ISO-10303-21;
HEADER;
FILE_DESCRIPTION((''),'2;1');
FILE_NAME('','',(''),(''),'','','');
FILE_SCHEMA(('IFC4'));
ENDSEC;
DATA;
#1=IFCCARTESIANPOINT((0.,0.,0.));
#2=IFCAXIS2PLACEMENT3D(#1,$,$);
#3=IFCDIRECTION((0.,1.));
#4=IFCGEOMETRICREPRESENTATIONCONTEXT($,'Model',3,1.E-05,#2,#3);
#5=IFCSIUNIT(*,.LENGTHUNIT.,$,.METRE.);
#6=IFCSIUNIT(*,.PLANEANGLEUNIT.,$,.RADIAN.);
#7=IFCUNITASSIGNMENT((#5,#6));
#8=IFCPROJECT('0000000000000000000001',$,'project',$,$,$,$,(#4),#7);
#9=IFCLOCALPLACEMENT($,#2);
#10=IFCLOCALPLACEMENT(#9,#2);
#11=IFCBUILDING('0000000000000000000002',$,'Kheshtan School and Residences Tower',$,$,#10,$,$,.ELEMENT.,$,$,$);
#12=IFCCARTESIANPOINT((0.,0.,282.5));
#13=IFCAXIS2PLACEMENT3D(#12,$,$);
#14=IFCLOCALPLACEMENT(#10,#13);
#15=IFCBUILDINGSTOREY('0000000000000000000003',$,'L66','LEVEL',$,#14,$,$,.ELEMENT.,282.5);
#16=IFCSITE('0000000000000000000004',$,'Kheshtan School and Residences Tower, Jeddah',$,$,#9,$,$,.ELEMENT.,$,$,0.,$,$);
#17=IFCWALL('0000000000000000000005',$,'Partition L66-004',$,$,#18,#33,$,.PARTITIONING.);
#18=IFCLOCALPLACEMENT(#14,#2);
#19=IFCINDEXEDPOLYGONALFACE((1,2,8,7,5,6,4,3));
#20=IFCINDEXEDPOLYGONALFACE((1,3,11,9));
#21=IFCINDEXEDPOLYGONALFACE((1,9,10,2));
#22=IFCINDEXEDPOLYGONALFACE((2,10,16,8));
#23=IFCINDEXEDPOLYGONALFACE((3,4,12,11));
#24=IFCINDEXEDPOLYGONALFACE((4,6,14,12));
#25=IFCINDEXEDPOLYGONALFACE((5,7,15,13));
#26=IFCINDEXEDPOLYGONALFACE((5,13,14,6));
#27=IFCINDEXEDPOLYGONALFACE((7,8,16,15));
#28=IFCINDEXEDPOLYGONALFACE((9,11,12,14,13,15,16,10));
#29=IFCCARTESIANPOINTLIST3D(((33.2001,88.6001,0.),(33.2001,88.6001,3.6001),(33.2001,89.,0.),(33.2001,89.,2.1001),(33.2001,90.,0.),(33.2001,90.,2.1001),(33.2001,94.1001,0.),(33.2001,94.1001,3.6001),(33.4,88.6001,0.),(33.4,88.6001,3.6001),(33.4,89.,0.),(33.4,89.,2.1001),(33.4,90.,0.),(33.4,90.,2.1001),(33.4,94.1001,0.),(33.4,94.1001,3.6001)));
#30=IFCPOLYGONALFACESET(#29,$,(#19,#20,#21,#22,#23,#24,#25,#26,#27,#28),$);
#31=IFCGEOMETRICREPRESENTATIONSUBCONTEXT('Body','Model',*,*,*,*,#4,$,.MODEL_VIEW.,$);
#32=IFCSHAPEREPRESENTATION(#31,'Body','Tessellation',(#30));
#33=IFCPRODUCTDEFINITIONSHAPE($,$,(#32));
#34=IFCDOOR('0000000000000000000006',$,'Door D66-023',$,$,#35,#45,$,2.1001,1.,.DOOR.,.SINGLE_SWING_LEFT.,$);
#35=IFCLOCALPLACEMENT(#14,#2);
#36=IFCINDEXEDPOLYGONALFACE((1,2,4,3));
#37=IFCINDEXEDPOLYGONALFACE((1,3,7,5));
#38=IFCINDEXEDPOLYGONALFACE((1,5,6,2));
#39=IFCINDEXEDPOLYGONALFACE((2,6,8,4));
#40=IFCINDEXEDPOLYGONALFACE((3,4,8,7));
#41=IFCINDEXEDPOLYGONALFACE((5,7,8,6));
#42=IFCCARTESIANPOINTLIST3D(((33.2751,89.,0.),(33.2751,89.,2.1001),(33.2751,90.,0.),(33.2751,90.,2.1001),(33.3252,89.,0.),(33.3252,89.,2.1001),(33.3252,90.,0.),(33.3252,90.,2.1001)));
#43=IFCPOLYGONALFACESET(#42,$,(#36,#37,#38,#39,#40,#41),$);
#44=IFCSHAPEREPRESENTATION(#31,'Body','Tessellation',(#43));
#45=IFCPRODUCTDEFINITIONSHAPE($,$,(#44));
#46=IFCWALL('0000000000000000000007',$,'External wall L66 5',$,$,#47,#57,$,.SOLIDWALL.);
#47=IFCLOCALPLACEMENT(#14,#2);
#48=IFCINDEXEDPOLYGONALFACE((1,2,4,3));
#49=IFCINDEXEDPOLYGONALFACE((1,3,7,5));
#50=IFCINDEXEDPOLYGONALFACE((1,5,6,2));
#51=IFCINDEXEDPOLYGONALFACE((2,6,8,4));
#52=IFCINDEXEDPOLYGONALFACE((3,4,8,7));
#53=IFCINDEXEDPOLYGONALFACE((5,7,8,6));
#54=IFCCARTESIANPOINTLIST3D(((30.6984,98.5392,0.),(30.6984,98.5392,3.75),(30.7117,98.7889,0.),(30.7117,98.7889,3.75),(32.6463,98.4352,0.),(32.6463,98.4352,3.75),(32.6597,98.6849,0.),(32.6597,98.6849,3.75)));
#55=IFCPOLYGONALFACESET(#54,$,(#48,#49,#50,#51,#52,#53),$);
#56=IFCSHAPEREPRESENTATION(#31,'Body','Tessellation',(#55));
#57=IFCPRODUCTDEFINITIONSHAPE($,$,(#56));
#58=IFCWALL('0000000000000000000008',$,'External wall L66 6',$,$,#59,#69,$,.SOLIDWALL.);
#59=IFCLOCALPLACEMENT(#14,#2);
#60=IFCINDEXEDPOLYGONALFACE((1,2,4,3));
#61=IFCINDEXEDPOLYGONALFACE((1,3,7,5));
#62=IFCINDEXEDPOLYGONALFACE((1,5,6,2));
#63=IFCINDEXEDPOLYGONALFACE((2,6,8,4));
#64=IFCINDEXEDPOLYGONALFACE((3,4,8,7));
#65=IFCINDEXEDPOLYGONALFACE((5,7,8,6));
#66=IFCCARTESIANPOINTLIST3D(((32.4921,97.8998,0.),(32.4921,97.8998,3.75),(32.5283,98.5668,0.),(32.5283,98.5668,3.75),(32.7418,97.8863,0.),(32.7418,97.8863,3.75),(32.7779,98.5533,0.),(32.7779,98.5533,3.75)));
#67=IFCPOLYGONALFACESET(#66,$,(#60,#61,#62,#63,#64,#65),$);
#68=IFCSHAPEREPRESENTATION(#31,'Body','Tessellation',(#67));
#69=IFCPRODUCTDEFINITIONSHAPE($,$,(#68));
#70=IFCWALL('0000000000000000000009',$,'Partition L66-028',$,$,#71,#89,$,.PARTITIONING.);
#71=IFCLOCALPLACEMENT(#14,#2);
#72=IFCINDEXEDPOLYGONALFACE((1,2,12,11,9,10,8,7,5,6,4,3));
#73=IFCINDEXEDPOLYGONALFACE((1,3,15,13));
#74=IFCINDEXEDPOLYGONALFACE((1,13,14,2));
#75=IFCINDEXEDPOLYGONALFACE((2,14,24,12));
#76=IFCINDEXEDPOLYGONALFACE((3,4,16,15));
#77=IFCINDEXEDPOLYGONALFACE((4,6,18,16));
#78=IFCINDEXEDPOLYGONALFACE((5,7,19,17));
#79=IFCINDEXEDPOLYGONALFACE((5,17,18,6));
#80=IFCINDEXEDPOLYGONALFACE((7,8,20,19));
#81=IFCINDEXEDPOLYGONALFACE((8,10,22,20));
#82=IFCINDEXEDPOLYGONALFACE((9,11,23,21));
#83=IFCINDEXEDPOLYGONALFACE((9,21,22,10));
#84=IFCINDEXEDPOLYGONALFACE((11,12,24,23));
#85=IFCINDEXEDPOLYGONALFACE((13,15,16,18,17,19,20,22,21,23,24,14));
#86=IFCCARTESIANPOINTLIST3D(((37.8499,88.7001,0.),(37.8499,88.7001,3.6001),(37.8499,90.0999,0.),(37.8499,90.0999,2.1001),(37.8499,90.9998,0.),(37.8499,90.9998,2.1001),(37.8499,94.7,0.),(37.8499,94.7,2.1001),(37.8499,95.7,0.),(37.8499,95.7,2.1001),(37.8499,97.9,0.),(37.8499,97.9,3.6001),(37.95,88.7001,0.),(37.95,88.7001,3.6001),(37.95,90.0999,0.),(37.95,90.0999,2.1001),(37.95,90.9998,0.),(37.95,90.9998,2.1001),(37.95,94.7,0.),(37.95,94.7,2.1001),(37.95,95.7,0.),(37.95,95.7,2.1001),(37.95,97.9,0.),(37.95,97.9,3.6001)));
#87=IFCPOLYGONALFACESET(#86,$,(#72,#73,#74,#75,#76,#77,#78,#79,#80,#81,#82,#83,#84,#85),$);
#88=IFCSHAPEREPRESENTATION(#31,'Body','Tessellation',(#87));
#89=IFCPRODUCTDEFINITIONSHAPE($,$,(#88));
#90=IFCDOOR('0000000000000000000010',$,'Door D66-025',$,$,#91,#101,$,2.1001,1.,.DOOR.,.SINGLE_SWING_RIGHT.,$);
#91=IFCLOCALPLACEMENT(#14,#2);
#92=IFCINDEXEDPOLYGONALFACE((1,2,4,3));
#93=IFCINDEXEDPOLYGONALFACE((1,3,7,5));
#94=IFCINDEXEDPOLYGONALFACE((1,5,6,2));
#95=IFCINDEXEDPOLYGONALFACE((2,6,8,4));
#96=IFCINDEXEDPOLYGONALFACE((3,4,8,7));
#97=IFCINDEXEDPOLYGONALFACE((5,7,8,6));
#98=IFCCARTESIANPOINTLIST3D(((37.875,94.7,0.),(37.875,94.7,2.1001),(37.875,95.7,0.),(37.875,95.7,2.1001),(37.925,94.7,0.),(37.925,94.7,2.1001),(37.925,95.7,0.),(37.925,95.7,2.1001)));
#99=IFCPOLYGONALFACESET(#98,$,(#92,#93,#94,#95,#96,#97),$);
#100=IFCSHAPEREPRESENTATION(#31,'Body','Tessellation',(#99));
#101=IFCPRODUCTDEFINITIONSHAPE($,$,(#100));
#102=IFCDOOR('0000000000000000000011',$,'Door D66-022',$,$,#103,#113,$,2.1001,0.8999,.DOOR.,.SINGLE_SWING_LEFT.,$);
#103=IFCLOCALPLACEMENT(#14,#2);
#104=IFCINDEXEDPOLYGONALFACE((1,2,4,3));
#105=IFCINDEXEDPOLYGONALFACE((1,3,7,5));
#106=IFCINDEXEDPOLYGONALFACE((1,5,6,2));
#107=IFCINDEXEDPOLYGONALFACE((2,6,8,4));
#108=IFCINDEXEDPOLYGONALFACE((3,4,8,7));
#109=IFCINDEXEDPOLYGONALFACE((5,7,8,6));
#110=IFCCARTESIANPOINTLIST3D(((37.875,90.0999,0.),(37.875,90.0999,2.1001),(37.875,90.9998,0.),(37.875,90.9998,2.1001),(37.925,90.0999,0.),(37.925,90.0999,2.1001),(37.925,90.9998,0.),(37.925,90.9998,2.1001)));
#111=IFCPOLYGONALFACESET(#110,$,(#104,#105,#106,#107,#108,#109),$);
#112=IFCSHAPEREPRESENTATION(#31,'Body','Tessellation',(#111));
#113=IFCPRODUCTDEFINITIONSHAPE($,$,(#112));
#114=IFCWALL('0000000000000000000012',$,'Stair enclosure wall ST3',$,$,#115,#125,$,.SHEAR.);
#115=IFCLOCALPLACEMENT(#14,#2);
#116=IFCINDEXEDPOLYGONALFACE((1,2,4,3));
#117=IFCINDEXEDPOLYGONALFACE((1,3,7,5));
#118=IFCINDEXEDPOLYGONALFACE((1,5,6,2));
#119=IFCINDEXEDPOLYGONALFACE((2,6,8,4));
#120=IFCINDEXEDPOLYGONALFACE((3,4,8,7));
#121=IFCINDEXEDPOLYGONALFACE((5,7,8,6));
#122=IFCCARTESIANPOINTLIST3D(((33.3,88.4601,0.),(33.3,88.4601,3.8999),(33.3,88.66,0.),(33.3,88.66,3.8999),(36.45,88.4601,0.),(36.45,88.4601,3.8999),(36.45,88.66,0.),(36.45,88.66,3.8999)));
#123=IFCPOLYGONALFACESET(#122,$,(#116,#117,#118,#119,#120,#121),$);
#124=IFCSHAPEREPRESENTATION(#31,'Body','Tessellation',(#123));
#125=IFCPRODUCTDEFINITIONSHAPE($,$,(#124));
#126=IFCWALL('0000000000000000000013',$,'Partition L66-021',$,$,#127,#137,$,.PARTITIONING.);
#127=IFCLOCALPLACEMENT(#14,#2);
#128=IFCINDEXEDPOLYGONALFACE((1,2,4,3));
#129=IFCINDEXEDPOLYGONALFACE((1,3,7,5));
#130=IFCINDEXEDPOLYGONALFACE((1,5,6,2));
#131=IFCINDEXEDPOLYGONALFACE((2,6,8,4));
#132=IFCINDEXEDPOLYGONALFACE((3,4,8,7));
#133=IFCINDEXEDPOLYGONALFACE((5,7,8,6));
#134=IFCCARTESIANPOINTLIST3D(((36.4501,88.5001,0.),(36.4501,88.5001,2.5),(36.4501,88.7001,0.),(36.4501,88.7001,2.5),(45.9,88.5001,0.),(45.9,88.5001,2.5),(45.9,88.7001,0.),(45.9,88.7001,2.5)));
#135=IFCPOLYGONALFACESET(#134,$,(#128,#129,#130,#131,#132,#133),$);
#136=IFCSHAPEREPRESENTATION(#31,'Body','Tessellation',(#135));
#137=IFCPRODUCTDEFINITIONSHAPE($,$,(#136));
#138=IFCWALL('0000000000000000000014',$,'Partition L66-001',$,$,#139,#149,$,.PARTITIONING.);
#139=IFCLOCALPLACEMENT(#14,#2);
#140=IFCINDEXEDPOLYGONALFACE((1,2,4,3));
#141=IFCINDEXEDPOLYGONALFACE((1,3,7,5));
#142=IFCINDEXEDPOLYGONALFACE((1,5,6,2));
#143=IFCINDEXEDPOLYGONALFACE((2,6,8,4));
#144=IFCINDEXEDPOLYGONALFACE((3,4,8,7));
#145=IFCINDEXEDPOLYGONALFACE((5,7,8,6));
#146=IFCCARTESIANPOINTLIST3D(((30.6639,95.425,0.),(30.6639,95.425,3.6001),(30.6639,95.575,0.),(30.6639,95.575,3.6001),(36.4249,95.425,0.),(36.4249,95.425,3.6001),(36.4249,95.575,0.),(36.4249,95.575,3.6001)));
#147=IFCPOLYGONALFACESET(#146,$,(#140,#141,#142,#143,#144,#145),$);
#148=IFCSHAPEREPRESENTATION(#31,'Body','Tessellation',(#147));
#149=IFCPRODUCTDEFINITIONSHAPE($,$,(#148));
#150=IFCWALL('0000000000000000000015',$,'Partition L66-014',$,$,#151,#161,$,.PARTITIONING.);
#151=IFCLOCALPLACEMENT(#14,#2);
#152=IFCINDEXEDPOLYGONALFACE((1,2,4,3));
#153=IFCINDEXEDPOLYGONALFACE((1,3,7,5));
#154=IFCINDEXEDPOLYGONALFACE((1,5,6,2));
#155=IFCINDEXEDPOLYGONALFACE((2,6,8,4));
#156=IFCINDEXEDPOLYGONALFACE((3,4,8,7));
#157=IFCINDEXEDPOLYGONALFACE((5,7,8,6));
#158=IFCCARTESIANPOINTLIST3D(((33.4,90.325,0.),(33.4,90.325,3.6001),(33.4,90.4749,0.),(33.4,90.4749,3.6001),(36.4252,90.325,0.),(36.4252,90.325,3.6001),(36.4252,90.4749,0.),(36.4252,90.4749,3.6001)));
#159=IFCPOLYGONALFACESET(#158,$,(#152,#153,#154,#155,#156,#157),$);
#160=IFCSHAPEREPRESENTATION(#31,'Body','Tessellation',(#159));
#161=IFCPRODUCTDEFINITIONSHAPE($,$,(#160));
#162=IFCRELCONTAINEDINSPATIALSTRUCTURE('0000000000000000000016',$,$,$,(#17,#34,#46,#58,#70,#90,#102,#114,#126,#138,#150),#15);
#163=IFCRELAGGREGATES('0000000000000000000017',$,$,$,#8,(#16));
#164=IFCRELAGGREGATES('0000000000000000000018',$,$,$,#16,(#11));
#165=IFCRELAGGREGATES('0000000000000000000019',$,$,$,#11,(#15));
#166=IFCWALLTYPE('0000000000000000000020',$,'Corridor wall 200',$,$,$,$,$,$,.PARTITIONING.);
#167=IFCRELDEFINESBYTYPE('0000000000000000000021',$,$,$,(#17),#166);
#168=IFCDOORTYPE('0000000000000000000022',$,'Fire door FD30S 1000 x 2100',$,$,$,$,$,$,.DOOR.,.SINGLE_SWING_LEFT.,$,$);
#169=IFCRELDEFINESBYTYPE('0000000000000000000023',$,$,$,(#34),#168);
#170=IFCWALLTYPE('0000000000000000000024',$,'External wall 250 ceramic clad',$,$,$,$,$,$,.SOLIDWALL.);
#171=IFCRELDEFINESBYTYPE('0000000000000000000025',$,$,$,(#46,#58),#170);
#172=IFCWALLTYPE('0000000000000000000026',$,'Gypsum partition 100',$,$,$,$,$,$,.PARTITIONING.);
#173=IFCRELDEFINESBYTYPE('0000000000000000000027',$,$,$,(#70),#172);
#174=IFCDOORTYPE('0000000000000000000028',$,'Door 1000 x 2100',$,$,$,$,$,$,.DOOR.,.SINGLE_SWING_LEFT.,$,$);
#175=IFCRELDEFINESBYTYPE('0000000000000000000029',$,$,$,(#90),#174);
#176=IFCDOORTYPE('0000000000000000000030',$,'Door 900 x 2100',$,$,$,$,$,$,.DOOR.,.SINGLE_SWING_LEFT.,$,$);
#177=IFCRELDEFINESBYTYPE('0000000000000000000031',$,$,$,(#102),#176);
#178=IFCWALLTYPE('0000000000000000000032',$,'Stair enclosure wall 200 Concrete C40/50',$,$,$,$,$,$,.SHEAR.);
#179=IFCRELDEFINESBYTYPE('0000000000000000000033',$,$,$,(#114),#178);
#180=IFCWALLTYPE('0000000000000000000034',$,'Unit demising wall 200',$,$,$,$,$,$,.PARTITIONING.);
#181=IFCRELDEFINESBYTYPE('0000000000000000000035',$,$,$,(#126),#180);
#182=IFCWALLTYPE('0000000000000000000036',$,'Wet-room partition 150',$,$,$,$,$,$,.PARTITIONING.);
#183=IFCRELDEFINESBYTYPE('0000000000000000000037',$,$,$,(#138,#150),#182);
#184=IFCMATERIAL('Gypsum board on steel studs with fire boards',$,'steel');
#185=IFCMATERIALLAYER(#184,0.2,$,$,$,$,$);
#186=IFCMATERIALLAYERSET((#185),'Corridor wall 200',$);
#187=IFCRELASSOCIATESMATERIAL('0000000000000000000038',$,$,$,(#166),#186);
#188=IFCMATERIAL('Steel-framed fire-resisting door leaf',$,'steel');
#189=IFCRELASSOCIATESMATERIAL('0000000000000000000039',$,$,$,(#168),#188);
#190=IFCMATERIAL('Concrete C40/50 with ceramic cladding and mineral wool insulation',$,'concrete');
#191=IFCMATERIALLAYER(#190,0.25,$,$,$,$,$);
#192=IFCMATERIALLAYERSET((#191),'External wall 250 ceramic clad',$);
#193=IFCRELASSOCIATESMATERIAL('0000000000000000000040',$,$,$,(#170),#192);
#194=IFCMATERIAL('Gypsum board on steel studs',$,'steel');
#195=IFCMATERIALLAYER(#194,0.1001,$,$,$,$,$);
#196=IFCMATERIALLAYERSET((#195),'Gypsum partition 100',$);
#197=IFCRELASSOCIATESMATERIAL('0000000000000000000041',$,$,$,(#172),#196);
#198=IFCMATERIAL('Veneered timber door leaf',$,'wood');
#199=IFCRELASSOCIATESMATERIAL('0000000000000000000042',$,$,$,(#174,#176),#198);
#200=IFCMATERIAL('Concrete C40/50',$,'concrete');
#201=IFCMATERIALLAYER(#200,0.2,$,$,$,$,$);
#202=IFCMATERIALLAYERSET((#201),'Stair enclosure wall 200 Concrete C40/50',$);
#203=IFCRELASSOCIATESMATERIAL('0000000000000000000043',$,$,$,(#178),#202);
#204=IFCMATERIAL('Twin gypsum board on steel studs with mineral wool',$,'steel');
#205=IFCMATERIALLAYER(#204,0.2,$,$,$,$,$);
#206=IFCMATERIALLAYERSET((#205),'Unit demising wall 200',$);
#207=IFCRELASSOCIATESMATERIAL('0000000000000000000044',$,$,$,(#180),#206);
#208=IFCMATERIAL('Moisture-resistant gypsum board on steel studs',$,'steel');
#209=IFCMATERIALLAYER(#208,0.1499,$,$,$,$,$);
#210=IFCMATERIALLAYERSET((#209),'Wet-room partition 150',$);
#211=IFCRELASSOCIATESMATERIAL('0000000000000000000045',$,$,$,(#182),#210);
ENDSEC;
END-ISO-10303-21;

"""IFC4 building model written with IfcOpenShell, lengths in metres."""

from ifc_helpers import new_model, si_unit, direction, frame, frame_2d, origin, place, context, subcontext, project, spatial, rectangle, extrude, source, transform, mapped, material, layer, layer_set, type_object, element, fill, save


model = new_model("IFC4")

# Units and contexts
model_context = context("Model", 3, precision=1e-05, world=origin(), true_north=direction((0.0, 1.0)))
body_context = subcontext(model_context, "Body", "Model", "MODEL_VIEW")
ifc_project = project(units=[si_unit("LENGTHUNIT", "METRE"), si_unit("PLANEANGLEUNIT", "RADIAN")], contexts=[model_context])

# Site, building, storey
site_placement = place(None, origin())
site = spatial("IfcSite", under=ifc_project, at=site_placement, Name="Kheshtan School and Residences Tower, Jeddah", CompositionType="ELEMENT", RefElevation=0.0)
building_placement = place(site_placement, origin())
building = spatial("IfcBuilding", under=site, at=building_placement, Name="Kheshtan School and Residences Tower", CompositionType="ELEMENT")
storey_placement = place(building_placement, frame((0.0, 0.0, 282.5)))
storey = spatial("IfcBuildingStorey", under=building, at=storey_placement, Name="L66", Description="LEVEL", CompositionType="ELEMENT", Elevation=282.5)

# Shared definitions
ifc_material_1 = material(Name="Gypsum board on steel studs with fire boards", Category="steel")
ifc_layer_1 = layer(ifc_material_1, 0.2)
ifc_layer_set_1 = layer_set([ifc_layer_1], Name="Corridor wall 200")
wall_type_1 = type_object("IfcWallType", Name="Corridor wall 200", PredefinedType="PARTITIONING", material=ifc_layer_set_1)

# Wall, opening, door
wall_1_placement = place(storey_placement, frame((33.3, 88.6001, 0.0), z_axis=(0.0, 0.0, 1.0), x_axis=(0.0, 1.0, 0.0)))
wall_1 = element("IfcWall", 1, at=wall_1_placement, inside=storey, type_object=wall_type_1, Name="Partition L66-004", PredefinedType="PARTITIONING", context=body_context, shape_type="SweptSolid", body=[
    extrude(rectangle(XDim=5.5, YDim=0.2, at=frame_2d((2.75, 0.0))), origin(), (0.0, 0.0, 1.0), 3.6001),
])
opening_1_placement = place(wall_1_placement, frame((0.3999, 0.0, 0.0)))
opening_1 = element("IfcOpeningElement", 2, at=opening_1_placement, cuts=wall_1, PredefinedType="OPENING", context=body_context, shape_type="SweptSolid", body=[
    extrude(rectangle(XDim=1.0, YDim=2.1001, at=frame_2d((0.5, 1.05))), frame((0.0, 0.1099, 0.0), z_axis=(0.0, -1.0, 0.0), x_axis=(1.0, 0.0, 0.0)), (0.0, 0.0, 1.0), 0.22),
])
ifc_material_2 = material(Name="Steel-framed fire-resisting door leaf", Category="steel")
door_type_1 = type_object("IfcDoorType", Name="Fire door FD30S 1000 x 2100", OperationType="SINGLE_SWING_LEFT", PredefinedType="DOOR", material=ifc_material_2)
shared_shape_1 = source(origin(), body_context, "Body", "SweptSolid", [
    extrude(rectangle(XDim=1.0, YDim=2.1001, at=frame_2d((0.5, 1.05))), frame((0.0, 0.0249, 0.0), z_axis=(0.0, -1.0, 0.0), x_axis=(1.0, 0.0, 0.0)), (0.0, 0.0, 1.0), 0.05),
])
door_1_placement = place(opening_1_placement, origin())
door_1 = element("IfcDoor", 3, at=door_1_placement, inside=storey, type_object=door_type_1, Name="Door D66-023", OperationType="SINGLE_SWING_LEFT", OverallHeight=2.1001, OverallWidth=1.0, PredefinedType="DOOR", context=body_context, shape_type="MappedRepresentation", body=[
    mapped(shared_shape_1, transform((0.0, 0.0, 0.0), x_axis=(1.0, 0.0, 0.0), y_axis=(0.0, 1.0, 0.0), z_axis=(0.0, 0.0, 1.0), scale=1.0)),
])
fill(opening_1, door_1)

# Walls
ifc_material_3 = material(Name="Concrete C40/50 with ceramic cladding and mineral wool insulation", Category="concrete")
ifc_layer_2 = layer(ifc_material_3, 0.25)
ifc_layer_set_2 = layer_set([ifc_layer_2], Name="External wall 250 ceramic clad")
wall_type_2 = type_object("IfcWallType", Name="External wall 250 ceramic clad", PredefinedType="SOLIDWALL", material=ifc_layer_set_2)
wall_2_placement = place(storey_placement, frame((30.7051, 98.6641, 0.0), z_axis=(0.0, 0.0, 1.0), x_axis=(0.998578, -0.053314, 0.0)))
element("IfcWall", 4, at=wall_2_placement, inside=storey, type_object=wall_type_2, Name="External wall L66 5", PredefinedType="SOLIDWALL", context=body_context, shape_type="SweptSolid", body=[
    extrude(rectangle(XDim=1.9507, YDim=0.25, at=frame_2d((0.9753, 0.0))), origin(), (0.0, 0.0, 1.0), 3.75),
])
wall_3_placement = place(storey_placement, frame((32.6531, 98.5601, 0.0), z_axis=(0.0, 0.0, 1.0), x_axis=(-0.054093, -0.998536, 0.0)))
element("IfcWall", 5, at=wall_3_placement, inside=storey, type_object=wall_type_2, Name="External wall L66 6", PredefinedType="SOLIDWALL", context=body_context, shape_type="SweptSolid", body=[
    extrude(rectangle(XDim=0.668, YDim=0.25, at=frame_2d((0.334, 0.0))), origin(), (0.0, 0.0, 1.0), 3.75),
])

# Wall, openings, doors
ifc_material_4 = material(Name="Gypsum board on steel studs", Category="steel")
ifc_layer_3 = layer(ifc_material_4, 0.1001)
ifc_layer_set_3 = layer_set([ifc_layer_3], Name="Gypsum partition 100")
wall_type_3 = type_object("IfcWallType", Name="Gypsum partition 100", PredefinedType="PARTITIONING", material=ifc_layer_set_3)
wall_4_placement = place(storey_placement, frame((37.8999, 88.7, 0.0), z_axis=(0.0, 0.0, 1.0), x_axis=(0.0, 1.0, 0.0)))
wall_4 = element("IfcWall", 6, at=wall_4_placement, inside=storey, type_object=wall_type_3, Name="Partition L66-028", PredefinedType="PARTITIONING", context=body_context, shape_type="SweptSolid", body=[
    extrude(rectangle(XDim=9.2, YDim=0.1001, at=frame_2d((4.6001, 0.0))), origin(), (0.0, 0.0, 1.0), 3.6001),
])
opening_2_placement = place(wall_4_placement, frame((1.3999, 0.0, 0.0)))
opening_2 = element("IfcOpeningElement", 7, at=opening_2_placement, cuts=wall_4, PredefinedType="OPENING", context=body_context, shape_type="SweptSolid", body=[
    extrude(rectangle(XDim=0.8999, YDim=2.1001, at=frame_2d((0.45, 1.05))), frame((0.0, 0.0601, 0.0), z_axis=(0.0, -1.0, 0.0), x_axis=(1.0, 0.0, 0.0)), (0.0, 0.0, 1.0), 0.1201),
])
opening_3_placement = place(wall_4_placement, frame((6.0, 0.0, 0.0)))
opening_3 = element("IfcOpeningElement", 8, at=opening_3_placement, cuts=wall_4, PredefinedType="OPENING", context=body_context, shape_type="SweptSolid", body=[
    extrude(rectangle(XDim=1.0, YDim=2.1001, at=frame_2d((0.5, 1.05))), frame((0.0, 0.0601, 0.0), z_axis=(0.0, -1.0, 0.0), x_axis=(1.0, 0.0, 0.0)), (0.0, 0.0, 1.0), 0.1201),
])
ifc_material_5 = material(Name="Veneered timber door leaf", Category="wood")
door_type_2 = type_object("IfcDoorType", Name="Door 1000 x 2100", OperationType="SINGLE_SWING_LEFT", PredefinedType="DOOR", material=ifc_material_5)
shared_shape_2 = source(origin(), body_context, "Body", "SweptSolid", [
    extrude(rectangle(XDim=1.0, YDim=2.1001, at=frame_2d((0.5, 1.05))), frame((0.0, 0.0249, 0.0), z_axis=(0.0, -1.0, 0.0), x_axis=(1.0, 0.0, 0.0)), (0.0, 0.0, 1.0), 0.05),
])
door_2_placement = place(opening_3_placement, origin())
door_2 = element("IfcDoor", 9, at=door_2_placement, inside=storey, type_object=door_type_2, Name="Door D66-025", OperationType="SINGLE_SWING_RIGHT", OverallHeight=2.1001, OverallWidth=1.0, PredefinedType="DOOR", context=body_context, shape_type="MappedRepresentation", body=[
    mapped(shared_shape_2, transform((0.0, 0.0, 0.0), x_axis=(1.0, 0.0, 0.0), y_axis=(0.0, 1.0, 0.0), z_axis=(0.0, 0.0, 1.0), scale=1.0)),
])
fill(opening_3, door_2)
door_type_3 = type_object("IfcDoorType", Name="Door 900 x 2100", OperationType="SINGLE_SWING_LEFT", PredefinedType="DOOR", material=ifc_material_5)
shared_shape_3 = source(origin(), body_context, "Body", "SweptSolid", [
    extrude(rectangle(XDim=0.8999, YDim=2.1001, at=frame_2d((0.45, 1.05))), frame((0.0, 0.0249, 0.0), z_axis=(0.0, -1.0, 0.0), x_axis=(1.0, 0.0, 0.0)), (0.0, 0.0, 1.0), 0.05),
])
door_3_placement = place(opening_2_placement, origin())
door_3 = element("IfcDoor", 10, at=door_3_placement, inside=storey, type_object=door_type_3, Name="Door D66-022", OperationType="SINGLE_SWING_LEFT", OverallHeight=2.1001, OverallWidth=0.8999, PredefinedType="DOOR", context=body_context, shape_type="MappedRepresentation", body=[
    mapped(shared_shape_3, transform((0.0, 0.0, 0.0), x_axis=(1.0, 0.0, 0.0), y_axis=(0.0, 1.0, 0.0), z_axis=(0.0, 0.0, 1.0), scale=1.0)),
])
fill(opening_2, door_3)

# Walls
ifc_material_6 = material(Name="Concrete C40/50", Category="concrete")
ifc_layer_4 = layer(ifc_material_6, 0.2)
ifc_layer_set_4 = layer_set([ifc_layer_4], Name="Stair enclosure wall 200 Concrete C40/50")
wall_type_4 = type_object("IfcWallType", Name="Stair enclosure wall 200 Concrete C40/50", PredefinedType="SHEAR", material=ifc_layer_set_4)
wall_5_placement = place(storey_placement, frame((33.3, 88.5601, 0.0), z_axis=(0.0, 0.0, 1.0), x_axis=(1.0, 0.0, 0.0)))
element("IfcWall", 11, at=wall_5_placement, inside=storey, type_object=wall_type_4, Name="Stair enclosure wall ST3", PredefinedType="SHEAR", context=body_context, shape_type="SweptSolid", body=[
    extrude(rectangle(XDim=3.1499, YDim=0.2, at=frame_2d((1.575, 0.0))), origin(), (0.0, 0.0, 1.0), 3.8999),
])
ifc_material_7 = material(Name="Twin gypsum board on steel studs with mineral wool", Category="steel")
ifc_layer_5 = layer(ifc_material_7, 0.2)
ifc_layer_set_5 = layer_set([ifc_layer_5], Name="Unit demising wall 200")
wall_type_5 = type_object("IfcWallType", Name="Unit demising wall 200", PredefinedType="PARTITIONING", material=ifc_layer_set_5)
wall_6_placement = place(storey_placement, frame((36.45, 88.6001, 0.0), z_axis=(0.0, 0.0, 1.0), x_axis=(1.0, 0.0, 0.0)))
element("IfcWall", 12, at=wall_6_placement, inside=storey, type_object=wall_type_5, Name="Partition L66-021", PredefinedType="PARTITIONING", context=body_context, shape_type="SweptSolid", body=[
    extrude(rectangle(XDim=9.45, YDim=0.2, at=frame_2d((4.7251, 0.0))), origin(), (0.0, 0.0, 1.0), 2.5),
])
ifc_material_8 = material(Name="Moisture-resistant gypsum board on steel studs", Category="steel")
ifc_layer_6 = layer(ifc_material_8, 0.1499)
ifc_layer_set_6 = layer_set([ifc_layer_6], Name="Wet-room partition 150")
wall_type_6 = type_object("IfcWallType", Name="Wet-room partition 150", PredefinedType="PARTITIONING", material=ifc_layer_set_6)
wall_7_placement = place(storey_placement, frame((30.6641, 95.5, 0.0), z_axis=(0.0, 0.0, 1.0), x_axis=(1.0, 0.0, 0.0)))
element("IfcWall", 13, at=wall_7_placement, inside=storey, type_object=wall_type_6, Name="Partition L66-001", PredefinedType="PARTITIONING", context=body_context, shape_type="SweptSolid", body=[
    extrude(rectangle(XDim=5.761, YDim=0.1499, at=frame_2d((2.8804, 0.0))), origin(), (0.0, 0.0, 1.0), 3.6001),
])
for number, where, z_axis, x_axis, name in (
    (14, (33.3999, 90.3999, 0.0), (0.0, 0.0, 1.0), (1.0, 0.0, 0.0), "Partition L66-014"),
):
    element("IfcWall", number, at=place(storey_placement, frame(where, z_axis=z_axis, x_axis=x_axis)), inside=storey, type_object=wall_type_6, Name=name, PredefinedType="PARTITIONING", context=body_context, shape_type="SweptSolid", body=[
        extrude(rectangle(XDim=3.0251, YDim=0.1499, at=frame_2d((1.5127, 0.0))), origin(), (0.0, 0.0, 1.0), 3.6001),
    ])

save(model, "model.ifc")
